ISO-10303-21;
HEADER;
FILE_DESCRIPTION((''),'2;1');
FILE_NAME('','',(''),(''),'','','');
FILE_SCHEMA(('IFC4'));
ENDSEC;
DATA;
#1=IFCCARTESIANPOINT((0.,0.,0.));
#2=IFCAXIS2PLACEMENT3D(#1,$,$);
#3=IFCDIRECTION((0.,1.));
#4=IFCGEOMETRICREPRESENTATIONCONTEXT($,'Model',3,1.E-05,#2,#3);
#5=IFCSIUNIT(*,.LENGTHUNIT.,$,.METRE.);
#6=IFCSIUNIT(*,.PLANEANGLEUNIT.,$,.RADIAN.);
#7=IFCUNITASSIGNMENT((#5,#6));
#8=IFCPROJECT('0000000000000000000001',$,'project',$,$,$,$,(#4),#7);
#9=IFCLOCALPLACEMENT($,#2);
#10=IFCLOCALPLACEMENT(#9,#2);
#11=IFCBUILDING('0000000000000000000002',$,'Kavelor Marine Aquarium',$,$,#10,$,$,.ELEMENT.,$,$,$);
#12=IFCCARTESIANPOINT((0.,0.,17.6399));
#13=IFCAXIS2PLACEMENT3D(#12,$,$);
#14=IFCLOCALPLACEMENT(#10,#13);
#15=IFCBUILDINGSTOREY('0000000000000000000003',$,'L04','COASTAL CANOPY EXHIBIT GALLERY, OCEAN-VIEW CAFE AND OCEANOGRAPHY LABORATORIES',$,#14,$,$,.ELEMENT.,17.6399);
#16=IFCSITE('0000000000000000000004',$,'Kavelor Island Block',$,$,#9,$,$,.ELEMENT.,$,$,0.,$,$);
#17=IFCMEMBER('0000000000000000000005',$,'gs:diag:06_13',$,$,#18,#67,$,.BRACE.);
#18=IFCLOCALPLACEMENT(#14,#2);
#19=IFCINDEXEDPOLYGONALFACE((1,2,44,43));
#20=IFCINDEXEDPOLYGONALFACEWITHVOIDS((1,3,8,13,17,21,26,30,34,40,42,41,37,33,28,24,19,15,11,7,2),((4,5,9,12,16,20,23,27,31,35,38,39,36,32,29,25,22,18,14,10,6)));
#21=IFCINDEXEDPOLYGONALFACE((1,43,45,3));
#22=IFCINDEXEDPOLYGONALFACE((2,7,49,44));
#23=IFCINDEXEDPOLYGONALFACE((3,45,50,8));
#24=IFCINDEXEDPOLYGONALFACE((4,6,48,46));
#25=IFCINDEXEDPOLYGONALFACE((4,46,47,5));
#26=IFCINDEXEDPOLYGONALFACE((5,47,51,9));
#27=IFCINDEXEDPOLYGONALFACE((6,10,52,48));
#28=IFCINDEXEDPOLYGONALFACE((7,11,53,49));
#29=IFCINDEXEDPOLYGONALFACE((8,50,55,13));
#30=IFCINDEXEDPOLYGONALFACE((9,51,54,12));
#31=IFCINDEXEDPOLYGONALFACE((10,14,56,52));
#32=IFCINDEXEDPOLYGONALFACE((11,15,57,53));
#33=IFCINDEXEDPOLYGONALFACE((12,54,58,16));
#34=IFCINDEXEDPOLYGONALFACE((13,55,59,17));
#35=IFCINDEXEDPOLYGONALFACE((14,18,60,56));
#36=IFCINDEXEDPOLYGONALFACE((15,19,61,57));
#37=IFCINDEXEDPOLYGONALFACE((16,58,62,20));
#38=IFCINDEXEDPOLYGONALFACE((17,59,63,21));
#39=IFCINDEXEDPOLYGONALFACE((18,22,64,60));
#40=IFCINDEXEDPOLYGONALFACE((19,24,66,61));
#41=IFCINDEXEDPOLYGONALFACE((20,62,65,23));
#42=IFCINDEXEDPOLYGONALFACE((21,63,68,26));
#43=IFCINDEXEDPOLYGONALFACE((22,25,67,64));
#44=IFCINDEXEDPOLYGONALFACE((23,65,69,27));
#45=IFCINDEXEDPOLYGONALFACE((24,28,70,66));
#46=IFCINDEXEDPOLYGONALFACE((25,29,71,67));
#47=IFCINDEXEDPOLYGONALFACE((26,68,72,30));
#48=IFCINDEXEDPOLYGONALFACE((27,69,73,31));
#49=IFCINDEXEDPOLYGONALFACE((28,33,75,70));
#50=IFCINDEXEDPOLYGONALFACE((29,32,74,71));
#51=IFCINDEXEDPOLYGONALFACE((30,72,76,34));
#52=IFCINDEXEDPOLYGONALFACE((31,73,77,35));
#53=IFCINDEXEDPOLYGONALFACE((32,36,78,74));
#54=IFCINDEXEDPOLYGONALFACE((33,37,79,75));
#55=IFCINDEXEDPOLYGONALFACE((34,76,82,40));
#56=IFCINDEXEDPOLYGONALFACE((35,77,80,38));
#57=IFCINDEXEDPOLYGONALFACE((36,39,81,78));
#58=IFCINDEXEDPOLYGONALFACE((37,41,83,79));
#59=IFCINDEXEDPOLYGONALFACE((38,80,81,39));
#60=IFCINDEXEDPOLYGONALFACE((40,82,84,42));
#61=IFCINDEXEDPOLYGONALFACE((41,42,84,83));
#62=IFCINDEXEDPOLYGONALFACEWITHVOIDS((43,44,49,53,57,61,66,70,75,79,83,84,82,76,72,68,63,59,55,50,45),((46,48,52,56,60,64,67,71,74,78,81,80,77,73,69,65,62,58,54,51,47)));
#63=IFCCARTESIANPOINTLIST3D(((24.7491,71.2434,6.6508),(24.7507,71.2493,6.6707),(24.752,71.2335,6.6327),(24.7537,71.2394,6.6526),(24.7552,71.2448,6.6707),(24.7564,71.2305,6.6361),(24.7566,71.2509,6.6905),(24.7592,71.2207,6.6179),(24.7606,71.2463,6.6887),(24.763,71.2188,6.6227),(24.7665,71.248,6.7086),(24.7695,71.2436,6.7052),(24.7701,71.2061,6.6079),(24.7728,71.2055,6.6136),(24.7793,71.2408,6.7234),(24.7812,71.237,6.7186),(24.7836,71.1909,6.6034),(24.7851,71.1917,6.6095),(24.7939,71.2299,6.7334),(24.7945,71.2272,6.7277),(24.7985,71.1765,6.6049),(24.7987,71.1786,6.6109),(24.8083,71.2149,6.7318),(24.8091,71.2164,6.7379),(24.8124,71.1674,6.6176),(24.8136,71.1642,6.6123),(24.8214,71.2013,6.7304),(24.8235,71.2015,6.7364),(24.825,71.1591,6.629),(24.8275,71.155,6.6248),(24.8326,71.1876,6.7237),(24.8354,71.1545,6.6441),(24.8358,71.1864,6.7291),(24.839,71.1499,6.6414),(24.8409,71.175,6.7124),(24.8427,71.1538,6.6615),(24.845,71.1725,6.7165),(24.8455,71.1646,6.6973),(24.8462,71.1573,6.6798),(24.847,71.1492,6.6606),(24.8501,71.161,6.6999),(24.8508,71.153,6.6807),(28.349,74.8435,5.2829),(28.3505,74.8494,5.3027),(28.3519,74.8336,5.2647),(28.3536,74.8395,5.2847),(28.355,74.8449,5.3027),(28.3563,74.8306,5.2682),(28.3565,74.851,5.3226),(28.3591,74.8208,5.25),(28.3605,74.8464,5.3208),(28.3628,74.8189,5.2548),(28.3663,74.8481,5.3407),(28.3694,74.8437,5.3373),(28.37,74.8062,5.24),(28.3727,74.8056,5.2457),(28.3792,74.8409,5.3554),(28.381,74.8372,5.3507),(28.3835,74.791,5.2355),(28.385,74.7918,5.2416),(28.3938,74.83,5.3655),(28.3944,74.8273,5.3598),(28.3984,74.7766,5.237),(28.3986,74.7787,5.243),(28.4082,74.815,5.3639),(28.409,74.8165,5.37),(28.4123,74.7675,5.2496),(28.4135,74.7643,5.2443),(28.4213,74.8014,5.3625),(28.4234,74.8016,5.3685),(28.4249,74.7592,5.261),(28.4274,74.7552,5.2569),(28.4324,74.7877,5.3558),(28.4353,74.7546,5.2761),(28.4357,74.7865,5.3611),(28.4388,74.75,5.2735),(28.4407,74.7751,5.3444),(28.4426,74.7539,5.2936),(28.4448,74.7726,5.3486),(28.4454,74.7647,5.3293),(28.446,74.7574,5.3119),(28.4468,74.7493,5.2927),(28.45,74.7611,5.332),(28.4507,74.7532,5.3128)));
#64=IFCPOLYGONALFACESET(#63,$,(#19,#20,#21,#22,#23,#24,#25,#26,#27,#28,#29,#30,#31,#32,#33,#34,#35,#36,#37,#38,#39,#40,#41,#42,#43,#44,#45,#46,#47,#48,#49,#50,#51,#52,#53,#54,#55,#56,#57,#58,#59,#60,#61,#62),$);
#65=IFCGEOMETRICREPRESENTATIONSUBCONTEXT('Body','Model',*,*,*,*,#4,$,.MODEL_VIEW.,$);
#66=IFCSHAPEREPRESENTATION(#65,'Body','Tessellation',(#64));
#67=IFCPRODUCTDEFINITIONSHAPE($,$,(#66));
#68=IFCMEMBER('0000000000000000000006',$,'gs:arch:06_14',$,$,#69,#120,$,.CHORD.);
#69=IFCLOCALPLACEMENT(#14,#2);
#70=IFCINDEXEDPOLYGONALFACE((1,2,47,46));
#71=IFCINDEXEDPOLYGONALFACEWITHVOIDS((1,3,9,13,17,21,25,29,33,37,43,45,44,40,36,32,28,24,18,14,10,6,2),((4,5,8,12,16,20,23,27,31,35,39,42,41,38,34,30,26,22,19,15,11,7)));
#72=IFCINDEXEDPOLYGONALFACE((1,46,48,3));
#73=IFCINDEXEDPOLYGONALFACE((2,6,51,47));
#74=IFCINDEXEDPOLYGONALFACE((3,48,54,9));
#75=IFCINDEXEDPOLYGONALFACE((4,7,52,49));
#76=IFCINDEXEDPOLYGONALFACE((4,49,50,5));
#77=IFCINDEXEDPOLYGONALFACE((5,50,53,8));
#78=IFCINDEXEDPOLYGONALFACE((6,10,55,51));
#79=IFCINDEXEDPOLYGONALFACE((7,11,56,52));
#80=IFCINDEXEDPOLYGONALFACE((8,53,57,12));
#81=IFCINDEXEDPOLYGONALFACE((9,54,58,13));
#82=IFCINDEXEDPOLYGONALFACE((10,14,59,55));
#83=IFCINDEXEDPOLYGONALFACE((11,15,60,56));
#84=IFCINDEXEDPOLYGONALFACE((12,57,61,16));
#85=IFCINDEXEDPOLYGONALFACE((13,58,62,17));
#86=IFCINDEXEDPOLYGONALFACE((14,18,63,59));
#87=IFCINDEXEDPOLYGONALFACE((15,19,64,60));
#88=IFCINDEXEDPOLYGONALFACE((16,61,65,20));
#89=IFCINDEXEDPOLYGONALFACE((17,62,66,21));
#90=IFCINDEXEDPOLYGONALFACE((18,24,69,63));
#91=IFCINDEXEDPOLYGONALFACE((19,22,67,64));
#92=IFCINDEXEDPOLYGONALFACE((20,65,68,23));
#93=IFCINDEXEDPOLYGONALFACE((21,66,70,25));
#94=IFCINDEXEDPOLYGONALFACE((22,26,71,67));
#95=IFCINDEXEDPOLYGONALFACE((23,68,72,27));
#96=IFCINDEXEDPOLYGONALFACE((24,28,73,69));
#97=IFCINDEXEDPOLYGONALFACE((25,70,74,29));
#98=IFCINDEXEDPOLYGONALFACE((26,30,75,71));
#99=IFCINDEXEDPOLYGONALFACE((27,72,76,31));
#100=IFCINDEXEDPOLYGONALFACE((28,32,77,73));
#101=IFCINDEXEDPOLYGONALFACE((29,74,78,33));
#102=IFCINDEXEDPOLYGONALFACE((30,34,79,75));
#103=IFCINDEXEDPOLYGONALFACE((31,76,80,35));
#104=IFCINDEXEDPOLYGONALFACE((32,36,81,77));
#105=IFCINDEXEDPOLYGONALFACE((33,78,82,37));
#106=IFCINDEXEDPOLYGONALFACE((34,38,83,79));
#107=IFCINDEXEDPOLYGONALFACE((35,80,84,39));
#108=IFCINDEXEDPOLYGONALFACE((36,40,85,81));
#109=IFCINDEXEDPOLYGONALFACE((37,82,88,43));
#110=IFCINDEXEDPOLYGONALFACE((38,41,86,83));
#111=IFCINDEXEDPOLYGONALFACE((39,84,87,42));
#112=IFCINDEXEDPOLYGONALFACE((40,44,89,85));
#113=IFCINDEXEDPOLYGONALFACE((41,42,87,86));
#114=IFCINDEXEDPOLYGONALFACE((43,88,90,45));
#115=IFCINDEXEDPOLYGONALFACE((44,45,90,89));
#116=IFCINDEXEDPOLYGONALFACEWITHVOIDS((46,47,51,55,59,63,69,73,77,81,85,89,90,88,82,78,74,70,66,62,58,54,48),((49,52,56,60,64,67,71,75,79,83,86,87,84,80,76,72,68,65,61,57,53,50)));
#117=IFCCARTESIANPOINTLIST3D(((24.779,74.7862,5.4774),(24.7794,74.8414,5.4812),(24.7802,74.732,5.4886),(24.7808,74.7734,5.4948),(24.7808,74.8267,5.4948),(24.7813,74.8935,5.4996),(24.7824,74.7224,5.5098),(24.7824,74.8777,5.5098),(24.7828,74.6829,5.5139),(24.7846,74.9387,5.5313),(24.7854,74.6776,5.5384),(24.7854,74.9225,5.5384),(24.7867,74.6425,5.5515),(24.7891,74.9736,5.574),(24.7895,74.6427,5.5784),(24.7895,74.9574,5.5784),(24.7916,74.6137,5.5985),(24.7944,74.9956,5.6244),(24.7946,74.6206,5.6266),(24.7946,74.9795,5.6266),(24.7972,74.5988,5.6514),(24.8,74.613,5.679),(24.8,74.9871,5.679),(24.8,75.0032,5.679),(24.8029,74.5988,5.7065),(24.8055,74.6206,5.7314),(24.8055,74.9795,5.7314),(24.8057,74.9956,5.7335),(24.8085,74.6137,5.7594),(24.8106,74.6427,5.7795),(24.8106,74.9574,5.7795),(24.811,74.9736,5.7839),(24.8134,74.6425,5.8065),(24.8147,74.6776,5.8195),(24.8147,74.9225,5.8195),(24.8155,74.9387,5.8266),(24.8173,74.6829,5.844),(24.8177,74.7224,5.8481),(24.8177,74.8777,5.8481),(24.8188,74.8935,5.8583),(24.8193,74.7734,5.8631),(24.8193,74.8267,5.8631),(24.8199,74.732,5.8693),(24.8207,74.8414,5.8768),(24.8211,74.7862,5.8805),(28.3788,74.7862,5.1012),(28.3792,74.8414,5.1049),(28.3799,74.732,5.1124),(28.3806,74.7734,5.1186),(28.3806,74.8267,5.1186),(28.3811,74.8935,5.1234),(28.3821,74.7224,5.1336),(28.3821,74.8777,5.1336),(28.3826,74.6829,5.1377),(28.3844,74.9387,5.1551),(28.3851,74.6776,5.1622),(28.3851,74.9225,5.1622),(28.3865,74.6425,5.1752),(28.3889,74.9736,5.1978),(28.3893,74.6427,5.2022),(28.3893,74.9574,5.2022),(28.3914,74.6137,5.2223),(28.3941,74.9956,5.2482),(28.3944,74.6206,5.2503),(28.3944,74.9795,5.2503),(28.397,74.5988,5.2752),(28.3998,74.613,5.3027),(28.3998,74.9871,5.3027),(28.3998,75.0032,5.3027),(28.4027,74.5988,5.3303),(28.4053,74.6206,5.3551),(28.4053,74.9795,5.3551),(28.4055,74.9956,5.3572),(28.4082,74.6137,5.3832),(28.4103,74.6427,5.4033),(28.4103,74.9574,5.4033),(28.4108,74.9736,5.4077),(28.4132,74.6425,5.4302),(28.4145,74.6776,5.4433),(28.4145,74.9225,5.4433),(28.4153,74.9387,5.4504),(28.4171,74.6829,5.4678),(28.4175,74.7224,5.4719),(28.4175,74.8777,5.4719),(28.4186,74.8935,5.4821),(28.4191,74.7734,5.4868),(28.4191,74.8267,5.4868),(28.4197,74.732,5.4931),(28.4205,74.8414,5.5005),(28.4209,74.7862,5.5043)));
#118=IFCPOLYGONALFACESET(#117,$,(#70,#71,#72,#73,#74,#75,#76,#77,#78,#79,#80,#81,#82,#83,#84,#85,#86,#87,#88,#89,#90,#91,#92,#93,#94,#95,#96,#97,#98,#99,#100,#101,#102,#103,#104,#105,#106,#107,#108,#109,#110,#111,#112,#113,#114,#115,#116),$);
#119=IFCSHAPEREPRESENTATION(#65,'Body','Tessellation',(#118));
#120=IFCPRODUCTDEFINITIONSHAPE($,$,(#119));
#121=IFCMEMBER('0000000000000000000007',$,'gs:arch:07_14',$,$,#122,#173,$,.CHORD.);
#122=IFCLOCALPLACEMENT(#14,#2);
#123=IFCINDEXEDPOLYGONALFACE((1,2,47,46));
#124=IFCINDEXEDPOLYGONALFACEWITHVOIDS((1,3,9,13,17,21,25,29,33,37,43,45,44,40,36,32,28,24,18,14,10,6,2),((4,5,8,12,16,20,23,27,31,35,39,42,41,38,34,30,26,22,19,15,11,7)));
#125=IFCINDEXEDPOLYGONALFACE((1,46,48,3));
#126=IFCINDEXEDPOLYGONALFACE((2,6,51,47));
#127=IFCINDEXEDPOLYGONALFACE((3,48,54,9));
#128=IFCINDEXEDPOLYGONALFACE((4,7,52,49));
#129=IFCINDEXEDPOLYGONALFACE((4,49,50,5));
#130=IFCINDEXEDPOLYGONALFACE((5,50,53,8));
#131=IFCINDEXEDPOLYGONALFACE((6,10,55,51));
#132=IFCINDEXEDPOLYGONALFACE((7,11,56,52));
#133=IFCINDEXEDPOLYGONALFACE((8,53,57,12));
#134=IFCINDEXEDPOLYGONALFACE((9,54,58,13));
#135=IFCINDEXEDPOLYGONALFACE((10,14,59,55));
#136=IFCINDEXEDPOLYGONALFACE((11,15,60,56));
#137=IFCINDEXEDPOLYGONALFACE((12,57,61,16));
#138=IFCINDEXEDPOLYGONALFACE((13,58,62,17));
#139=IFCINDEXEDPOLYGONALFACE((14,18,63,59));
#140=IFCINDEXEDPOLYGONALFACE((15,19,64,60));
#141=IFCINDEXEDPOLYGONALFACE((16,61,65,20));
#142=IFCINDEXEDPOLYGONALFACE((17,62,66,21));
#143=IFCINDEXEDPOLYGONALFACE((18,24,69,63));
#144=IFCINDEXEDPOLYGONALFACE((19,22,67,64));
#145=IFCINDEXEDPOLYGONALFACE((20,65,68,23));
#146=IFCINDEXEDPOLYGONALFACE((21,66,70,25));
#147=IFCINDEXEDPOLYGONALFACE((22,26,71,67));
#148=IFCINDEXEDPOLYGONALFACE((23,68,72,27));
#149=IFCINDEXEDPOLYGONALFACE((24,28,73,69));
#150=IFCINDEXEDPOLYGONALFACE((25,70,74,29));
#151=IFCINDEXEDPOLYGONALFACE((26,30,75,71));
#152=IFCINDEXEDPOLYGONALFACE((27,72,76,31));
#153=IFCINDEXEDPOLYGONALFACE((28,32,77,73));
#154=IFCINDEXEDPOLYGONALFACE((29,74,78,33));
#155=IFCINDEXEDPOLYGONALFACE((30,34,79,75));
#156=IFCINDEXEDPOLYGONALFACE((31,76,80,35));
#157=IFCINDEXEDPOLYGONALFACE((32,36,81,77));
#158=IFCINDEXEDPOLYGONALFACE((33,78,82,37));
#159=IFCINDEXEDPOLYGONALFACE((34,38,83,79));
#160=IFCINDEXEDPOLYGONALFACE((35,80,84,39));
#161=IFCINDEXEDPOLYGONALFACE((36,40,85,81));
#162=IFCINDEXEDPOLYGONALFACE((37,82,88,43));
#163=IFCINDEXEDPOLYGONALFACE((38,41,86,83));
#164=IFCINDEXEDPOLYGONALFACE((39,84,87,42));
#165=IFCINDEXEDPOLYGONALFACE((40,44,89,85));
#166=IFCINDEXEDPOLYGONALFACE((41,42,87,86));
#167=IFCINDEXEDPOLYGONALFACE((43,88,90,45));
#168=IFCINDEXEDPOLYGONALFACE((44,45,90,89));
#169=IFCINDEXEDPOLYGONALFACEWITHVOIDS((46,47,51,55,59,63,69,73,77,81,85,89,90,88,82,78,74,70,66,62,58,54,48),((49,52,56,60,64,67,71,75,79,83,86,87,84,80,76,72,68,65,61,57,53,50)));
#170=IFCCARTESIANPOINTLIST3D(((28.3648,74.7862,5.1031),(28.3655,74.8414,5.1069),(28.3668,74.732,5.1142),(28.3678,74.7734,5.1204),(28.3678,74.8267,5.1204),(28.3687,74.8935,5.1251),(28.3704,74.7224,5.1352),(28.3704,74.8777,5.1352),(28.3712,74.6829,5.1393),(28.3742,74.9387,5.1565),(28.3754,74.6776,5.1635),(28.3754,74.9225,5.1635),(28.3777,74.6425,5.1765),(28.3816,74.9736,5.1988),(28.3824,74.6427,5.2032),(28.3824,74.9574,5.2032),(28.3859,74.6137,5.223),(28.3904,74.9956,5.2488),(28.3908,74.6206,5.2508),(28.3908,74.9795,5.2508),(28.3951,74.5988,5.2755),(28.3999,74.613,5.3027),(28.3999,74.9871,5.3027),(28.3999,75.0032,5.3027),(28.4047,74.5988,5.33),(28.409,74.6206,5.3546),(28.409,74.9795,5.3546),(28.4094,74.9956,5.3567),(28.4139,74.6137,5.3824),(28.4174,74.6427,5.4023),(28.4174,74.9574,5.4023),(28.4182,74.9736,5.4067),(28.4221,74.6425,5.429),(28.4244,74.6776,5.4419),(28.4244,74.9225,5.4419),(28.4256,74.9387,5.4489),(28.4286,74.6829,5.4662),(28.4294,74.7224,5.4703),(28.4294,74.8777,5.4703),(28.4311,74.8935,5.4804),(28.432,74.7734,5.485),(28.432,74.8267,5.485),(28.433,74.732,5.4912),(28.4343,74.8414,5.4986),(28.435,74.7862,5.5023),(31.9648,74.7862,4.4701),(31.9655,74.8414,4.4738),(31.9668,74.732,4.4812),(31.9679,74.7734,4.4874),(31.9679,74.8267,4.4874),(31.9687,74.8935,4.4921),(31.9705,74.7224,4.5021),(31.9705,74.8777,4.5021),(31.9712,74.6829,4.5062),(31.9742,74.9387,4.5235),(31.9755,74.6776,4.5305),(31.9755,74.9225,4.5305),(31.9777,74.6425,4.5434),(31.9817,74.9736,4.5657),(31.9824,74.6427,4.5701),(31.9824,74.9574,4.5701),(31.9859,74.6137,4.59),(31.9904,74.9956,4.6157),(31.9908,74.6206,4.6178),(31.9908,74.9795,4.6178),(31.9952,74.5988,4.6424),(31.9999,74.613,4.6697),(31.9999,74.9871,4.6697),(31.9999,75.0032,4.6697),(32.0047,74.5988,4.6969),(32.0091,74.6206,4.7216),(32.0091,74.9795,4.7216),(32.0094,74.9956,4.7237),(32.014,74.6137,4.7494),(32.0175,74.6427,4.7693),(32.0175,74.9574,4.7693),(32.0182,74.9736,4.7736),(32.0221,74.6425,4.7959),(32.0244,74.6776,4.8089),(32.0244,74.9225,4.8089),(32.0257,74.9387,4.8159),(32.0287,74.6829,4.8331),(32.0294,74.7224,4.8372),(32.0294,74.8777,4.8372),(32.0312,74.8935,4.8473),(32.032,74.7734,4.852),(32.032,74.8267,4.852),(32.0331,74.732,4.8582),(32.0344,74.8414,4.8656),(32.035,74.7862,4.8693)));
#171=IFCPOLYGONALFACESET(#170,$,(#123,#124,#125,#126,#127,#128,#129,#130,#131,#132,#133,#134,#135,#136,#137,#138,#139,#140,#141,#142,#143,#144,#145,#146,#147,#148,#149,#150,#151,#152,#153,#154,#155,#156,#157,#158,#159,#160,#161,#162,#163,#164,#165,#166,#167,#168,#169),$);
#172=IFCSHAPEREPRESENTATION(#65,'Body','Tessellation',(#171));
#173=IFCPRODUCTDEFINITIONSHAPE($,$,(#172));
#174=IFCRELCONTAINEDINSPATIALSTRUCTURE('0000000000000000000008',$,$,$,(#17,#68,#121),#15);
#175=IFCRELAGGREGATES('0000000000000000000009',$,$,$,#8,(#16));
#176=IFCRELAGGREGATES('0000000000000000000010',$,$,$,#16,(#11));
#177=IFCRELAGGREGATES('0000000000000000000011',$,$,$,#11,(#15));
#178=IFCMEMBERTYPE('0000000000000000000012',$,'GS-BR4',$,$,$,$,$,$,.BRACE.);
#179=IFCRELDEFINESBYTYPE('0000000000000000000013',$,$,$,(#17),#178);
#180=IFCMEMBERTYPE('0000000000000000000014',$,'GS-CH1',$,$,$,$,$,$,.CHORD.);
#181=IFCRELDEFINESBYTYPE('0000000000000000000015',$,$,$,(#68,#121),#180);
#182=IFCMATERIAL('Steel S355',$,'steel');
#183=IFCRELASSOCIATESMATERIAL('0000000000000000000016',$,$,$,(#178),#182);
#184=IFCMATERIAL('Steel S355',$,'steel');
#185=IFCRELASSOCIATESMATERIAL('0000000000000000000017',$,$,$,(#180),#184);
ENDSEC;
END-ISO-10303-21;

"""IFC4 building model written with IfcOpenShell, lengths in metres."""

from ifc_helpers import new_model, si_unit, direction, frame, origin, origin_2d, place, context, subcontext, project, spatial, hollow_circle, extrude, material, material_profile, profile_set, type_object, element, save


model = new_model("IFC4")

# Units and contexts
model_context = context("Model", 3, precision=1e-05, world=origin(), true_north=direction((0.0, 1.0)))
body_context = subcontext(model_context, "Body", "Model", "MODEL_VIEW")
ifc_project = project(units=[si_unit("LENGTHUNIT", "METRE"), si_unit("PLANEANGLEUNIT", "RADIAN")], contexts=[model_context])

# Site, building, storey
site_placement = place(None, origin())
site = spatial("IfcSite", under=ifc_project, at=site_placement, Name="Kavelor Island Block", CompositionType="ELEMENT", RefElevation=0.0)
building_placement = place(site_placement, origin())
building = spatial("IfcBuilding", under=site, at=building_placement, Name="Kavelor Marine Aquarium", CompositionType="ELEMENT")
storey_placement = place(building_placement, frame((0.0, 0.0, 17.6399)))
storey = spatial("IfcBuildingStorey", under=building, at=storey_placement, Name="L04", Description="COASTAL CANOPY EXHIBIT GALLERY, OCEAN-VIEW CAFE AND OCEANOGRAPHY LABORATORIES", CompositionType="ELEMENT", Elevation=17.6399)

# Members
ifc_material_1 = material(Name="Steel S355", Category="steel")
ifc_material_profile_1 = material_profile(ifc_material_1, hollow_circle(Radius=0.0698, WallThickness=0.0063, at=origin_2d()), Name="CHS 139.7x6.3")
ifc_profile_set_1 = profile_set([ifc_material_profile_1], Name="Steel S355")
member_type_1 = type_object("IfcMemberType", Name="GS-BR4", PredefinedType="BRACE", material=ifc_profile_set_1)
member_1_placement = place(storey_placement, frame((24.8, 71.2, 6.6707), z_axis=(0.682863, 0.68291, -0.259483), x_axis=(-0.707131, 0.707083, 0.0)))
element("IfcMember", 1, at=member_1_placement, inside=storey, type_object=member_type_1, Name="gs:diag:06_13", PredefinedType="BRACE", context=body_context, shape_type="SweptSolid", body=[
    extrude(hollow_circle(Radius=0.0698, WallThickness=0.0063, at=origin_2d()), origin(), (0.0, 0.0, 1.0), 5.2717),
])
ifc_material_2 = material(Name="Steel S355", Category="steel")
ifc_material_profile_2 = material_profile(ifc_material_2, hollow_circle(Radius=0.2031, WallThickness=0.0161, at=origin_2d()), Name="CHS 406.4x16.0")
ifc_profile_set_2 = profile_set([ifc_material_profile_2], Name="Steel S355")
member_type_2 = type_object("IfcMemberType", Name="GS-CH1", PredefinedType="CHORD", material=ifc_profile_set_2)
member_2_placement = place(storey_placement, frame((24.8, 74.8, 5.679), z_axis=(0.994583, 0.0, -0.103944), x_axis=(0.0, 1.0, 0.0)))
element("IfcMember", 2, at=member_2_placement, inside=storey, type_object=member_type_2, Name="gs:arch:06_14", PredefinedType="CHORD", context=body_context, shape_type="SweptSolid", body=[
    extrude(hollow_circle(Radius=0.2031, WallThickness=0.0161, at=origin_2d()), origin(), (0.0, 0.0, 1.0), 3.6194),
])
member_3_placement = place(storey_placement, frame((28.3999, 74.8, 5.3027), z_axis=(0.984889, 0.0, -0.173187), x_axis=(0.0, 1.0, 0.0)))
element("IfcMember", 3, at=member_3_placement, inside=storey, type_object=member_type_2, Name="gs:arch:07_14", PredefinedType="CHORD", context=body_context, shape_type="SweptSolid", body=[
    extrude(hollow_circle(Radius=0.2031, WallThickness=0.0161, at=origin_2d()), origin(), (0.0, 0.0, 1.0), 3.6553),
])

save(model, "model.ifc")
